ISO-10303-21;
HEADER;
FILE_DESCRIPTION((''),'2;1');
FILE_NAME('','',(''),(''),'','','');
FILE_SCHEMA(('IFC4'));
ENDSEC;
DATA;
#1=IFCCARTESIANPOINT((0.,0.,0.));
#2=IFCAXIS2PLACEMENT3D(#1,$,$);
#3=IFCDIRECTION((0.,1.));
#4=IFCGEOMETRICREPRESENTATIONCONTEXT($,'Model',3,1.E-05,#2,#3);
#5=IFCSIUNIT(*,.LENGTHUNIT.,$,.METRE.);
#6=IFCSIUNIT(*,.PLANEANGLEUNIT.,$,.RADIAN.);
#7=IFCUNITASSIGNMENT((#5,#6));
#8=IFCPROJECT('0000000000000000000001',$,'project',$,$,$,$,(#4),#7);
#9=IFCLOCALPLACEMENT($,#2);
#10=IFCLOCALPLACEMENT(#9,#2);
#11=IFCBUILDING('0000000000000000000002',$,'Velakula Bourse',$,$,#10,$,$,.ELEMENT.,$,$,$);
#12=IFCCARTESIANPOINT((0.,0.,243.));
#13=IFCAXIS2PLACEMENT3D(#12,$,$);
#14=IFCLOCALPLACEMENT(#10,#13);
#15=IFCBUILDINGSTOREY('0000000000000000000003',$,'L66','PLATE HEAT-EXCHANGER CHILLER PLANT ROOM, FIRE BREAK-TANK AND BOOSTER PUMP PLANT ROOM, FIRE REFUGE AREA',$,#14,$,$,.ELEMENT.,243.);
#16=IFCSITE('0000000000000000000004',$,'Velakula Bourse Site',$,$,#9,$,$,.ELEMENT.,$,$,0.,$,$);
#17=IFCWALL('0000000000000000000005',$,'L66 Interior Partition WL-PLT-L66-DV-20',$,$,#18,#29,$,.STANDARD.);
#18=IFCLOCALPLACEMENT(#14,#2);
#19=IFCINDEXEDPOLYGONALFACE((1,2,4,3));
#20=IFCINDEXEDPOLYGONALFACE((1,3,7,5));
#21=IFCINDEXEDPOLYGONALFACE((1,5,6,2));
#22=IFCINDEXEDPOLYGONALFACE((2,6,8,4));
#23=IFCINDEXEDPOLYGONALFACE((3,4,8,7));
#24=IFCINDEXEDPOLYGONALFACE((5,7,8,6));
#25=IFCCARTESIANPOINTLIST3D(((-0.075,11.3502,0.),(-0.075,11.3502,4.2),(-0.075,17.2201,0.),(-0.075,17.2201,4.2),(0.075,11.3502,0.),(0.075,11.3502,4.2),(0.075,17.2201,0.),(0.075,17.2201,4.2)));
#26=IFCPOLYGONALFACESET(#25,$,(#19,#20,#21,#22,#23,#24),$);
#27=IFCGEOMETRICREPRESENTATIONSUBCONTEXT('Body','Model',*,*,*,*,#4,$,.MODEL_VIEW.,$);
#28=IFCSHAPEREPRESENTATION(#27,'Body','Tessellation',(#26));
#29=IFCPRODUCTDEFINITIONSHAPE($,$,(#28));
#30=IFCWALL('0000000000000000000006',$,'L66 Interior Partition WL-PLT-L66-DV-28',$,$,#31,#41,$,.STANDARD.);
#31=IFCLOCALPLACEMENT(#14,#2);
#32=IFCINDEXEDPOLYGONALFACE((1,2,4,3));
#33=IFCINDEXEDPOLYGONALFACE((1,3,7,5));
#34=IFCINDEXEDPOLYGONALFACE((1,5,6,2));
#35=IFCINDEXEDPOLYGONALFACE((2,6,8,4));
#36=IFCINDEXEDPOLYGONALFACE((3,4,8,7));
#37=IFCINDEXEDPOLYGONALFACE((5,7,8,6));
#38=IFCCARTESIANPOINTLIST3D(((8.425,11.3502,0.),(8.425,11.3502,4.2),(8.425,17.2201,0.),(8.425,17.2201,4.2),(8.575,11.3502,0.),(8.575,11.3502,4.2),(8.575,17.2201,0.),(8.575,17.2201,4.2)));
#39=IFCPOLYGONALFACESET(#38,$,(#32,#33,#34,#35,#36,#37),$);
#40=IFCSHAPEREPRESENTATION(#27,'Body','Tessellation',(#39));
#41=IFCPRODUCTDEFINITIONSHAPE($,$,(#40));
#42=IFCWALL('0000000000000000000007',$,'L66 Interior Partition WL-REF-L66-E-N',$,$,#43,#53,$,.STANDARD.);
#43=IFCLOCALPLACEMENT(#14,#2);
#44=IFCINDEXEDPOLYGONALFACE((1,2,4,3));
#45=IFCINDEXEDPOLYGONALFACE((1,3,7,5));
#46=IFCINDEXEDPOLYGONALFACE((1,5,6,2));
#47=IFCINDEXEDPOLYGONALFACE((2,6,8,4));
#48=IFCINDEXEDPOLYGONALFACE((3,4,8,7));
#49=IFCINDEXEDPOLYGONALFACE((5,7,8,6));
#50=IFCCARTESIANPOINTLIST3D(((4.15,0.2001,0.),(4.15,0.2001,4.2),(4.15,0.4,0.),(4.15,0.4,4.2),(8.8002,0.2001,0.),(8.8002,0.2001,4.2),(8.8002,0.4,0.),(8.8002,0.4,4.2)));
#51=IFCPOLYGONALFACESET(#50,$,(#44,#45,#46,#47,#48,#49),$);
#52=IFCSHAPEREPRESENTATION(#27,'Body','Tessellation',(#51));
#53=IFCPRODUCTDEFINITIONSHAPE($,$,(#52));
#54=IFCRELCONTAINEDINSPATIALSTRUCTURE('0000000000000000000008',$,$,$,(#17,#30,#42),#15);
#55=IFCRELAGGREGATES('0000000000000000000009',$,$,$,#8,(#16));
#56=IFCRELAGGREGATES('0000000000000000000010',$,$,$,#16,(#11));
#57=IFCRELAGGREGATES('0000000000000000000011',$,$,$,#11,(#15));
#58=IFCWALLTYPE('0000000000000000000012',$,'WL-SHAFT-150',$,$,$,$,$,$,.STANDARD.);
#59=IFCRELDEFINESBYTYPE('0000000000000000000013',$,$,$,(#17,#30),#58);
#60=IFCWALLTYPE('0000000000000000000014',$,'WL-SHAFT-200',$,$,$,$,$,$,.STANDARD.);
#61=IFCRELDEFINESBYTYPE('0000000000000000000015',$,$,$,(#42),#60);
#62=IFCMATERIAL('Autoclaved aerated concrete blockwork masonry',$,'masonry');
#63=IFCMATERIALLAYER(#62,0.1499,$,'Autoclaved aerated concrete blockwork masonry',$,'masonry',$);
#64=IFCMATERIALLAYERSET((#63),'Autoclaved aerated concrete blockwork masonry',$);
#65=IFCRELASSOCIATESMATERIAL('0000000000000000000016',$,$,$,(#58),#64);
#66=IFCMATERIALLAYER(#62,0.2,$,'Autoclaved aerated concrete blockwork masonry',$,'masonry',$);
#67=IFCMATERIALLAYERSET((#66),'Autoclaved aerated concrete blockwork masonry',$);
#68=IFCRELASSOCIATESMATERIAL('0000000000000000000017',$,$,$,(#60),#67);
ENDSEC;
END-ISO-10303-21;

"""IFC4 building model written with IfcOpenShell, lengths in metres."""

from ifc_helpers import new_model, si_unit, direction, frame, frame_2d, origin, place, context, subcontext, project, spatial, rectangle, extrude, material, layer, layer_set, type_object, element, save


model = new_model("IFC4")

# Units and contexts
model_context = context("Model", 3, precision=1e-05, world=origin(), true_north=direction((0.0, 1.0)))
body_context = subcontext(model_context, "Body", "Model", "MODEL_VIEW")
ifc_project = project(units=[si_unit("LENGTHUNIT", "METRE"), si_unit("PLANEANGLEUNIT", "RADIAN")], contexts=[model_context])

# Site, building, storey
site_placement = place(None, origin())
site = spatial("IfcSite", under=ifc_project, at=site_placement, Name="Velakula Bourse Site", CompositionType="ELEMENT", RefElevation=0.0)
building_placement = place(site_placement, origin())
building = spatial("IfcBuilding", under=site, at=building_placement, Name="Velakula Bourse", CompositionType="ELEMENT")
storey_placement = place(building_placement, frame((0.0, 0.0, 243.0)))
storey = spatial("IfcBuildingStorey", under=building, at=storey_placement, Name="L66", Description="PLATE HEAT-EXCHANGER CHILLER PLANT ROOM, FIRE BREAK-TANK AND BOOSTER PUMP PLANT ROOM, FIRE REFUGE AREA", CompositionType="ELEMENT", Elevation=243.0)

# Walls
ifc_material_1 = material(Name="Autoclaved aerated concrete blockwork masonry", Category="masonry")
ifc_layer_1 = layer(ifc_material_1, 0.1499, Name="Autoclaved aerated concrete blockwork masonry", Category="masonry")
ifc_layer_set_1 = layer_set([ifc_layer_1], Name="Autoclaved aerated concrete blockwork masonry")
wall_type_1 = type_object("IfcWallType", Name="WL-SHAFT-150", PredefinedType="STANDARD", material=ifc_layer_set_1)
for number, where, z_axis, x_axis, name in (
    (1, (0.0, 11.3501, 0.0), (0.0, 0.0, 1.0), (0.0, 1.0, 0.0), "L66 Interior Partition WL-PLT-L66-DV-20"),
    (2, (8.5, 11.3501, 0.0), (0.0, 0.0, 1.0), (0.0, 1.0, 0.0), "L66 Interior Partition WL-PLT-L66-DV-28"),
):
    element("IfcWall", number, at=place(storey_placement, frame(where, z_axis=z_axis, x_axis=x_axis)), inside=storey, type_object=wall_type_1, Name=name, PredefinedType="STANDARD", context=body_context, shape_type="SweptSolid", body=[
        extrude(rectangle(XDim=5.8699, YDim=0.1499, at=frame_2d((2.9351, 0.0))), origin(), (0.0, 0.0, 1.0), 4.2),
    ])
ifc_layer_2 = layer(ifc_material_1, 0.2, Name="Autoclaved aerated concrete blockwork masonry", Category="masonry")
ifc_layer_set_2 = layer_set([ifc_layer_2], Name="Autoclaved aerated concrete blockwork masonry")
wall_type_2 = type_object("IfcWallType", Name="WL-SHAFT-200", PredefinedType="STANDARD", material=ifc_layer_set_2)
wall_1_placement = place(storey_placement, frame((4.1499, 0.3, 0.0), z_axis=(0.0, 0.0, 1.0), x_axis=(1.0, 0.0, 0.0)))
element("IfcWall", 3, at=wall_1_placement, inside=storey, type_object=wall_type_2, Name="L66 Interior Partition WL-REF-L66-E-N", PredefinedType="STANDARD", context=body_context, shape_type="SweptSolid", body=[
    extrude(rectangle(XDim=4.6501, YDim=0.2, at=frame_2d((2.3252, 0.0))), origin(), (0.0, 0.0, 1.0), 4.2),
])

save(model, "model.ifc")
